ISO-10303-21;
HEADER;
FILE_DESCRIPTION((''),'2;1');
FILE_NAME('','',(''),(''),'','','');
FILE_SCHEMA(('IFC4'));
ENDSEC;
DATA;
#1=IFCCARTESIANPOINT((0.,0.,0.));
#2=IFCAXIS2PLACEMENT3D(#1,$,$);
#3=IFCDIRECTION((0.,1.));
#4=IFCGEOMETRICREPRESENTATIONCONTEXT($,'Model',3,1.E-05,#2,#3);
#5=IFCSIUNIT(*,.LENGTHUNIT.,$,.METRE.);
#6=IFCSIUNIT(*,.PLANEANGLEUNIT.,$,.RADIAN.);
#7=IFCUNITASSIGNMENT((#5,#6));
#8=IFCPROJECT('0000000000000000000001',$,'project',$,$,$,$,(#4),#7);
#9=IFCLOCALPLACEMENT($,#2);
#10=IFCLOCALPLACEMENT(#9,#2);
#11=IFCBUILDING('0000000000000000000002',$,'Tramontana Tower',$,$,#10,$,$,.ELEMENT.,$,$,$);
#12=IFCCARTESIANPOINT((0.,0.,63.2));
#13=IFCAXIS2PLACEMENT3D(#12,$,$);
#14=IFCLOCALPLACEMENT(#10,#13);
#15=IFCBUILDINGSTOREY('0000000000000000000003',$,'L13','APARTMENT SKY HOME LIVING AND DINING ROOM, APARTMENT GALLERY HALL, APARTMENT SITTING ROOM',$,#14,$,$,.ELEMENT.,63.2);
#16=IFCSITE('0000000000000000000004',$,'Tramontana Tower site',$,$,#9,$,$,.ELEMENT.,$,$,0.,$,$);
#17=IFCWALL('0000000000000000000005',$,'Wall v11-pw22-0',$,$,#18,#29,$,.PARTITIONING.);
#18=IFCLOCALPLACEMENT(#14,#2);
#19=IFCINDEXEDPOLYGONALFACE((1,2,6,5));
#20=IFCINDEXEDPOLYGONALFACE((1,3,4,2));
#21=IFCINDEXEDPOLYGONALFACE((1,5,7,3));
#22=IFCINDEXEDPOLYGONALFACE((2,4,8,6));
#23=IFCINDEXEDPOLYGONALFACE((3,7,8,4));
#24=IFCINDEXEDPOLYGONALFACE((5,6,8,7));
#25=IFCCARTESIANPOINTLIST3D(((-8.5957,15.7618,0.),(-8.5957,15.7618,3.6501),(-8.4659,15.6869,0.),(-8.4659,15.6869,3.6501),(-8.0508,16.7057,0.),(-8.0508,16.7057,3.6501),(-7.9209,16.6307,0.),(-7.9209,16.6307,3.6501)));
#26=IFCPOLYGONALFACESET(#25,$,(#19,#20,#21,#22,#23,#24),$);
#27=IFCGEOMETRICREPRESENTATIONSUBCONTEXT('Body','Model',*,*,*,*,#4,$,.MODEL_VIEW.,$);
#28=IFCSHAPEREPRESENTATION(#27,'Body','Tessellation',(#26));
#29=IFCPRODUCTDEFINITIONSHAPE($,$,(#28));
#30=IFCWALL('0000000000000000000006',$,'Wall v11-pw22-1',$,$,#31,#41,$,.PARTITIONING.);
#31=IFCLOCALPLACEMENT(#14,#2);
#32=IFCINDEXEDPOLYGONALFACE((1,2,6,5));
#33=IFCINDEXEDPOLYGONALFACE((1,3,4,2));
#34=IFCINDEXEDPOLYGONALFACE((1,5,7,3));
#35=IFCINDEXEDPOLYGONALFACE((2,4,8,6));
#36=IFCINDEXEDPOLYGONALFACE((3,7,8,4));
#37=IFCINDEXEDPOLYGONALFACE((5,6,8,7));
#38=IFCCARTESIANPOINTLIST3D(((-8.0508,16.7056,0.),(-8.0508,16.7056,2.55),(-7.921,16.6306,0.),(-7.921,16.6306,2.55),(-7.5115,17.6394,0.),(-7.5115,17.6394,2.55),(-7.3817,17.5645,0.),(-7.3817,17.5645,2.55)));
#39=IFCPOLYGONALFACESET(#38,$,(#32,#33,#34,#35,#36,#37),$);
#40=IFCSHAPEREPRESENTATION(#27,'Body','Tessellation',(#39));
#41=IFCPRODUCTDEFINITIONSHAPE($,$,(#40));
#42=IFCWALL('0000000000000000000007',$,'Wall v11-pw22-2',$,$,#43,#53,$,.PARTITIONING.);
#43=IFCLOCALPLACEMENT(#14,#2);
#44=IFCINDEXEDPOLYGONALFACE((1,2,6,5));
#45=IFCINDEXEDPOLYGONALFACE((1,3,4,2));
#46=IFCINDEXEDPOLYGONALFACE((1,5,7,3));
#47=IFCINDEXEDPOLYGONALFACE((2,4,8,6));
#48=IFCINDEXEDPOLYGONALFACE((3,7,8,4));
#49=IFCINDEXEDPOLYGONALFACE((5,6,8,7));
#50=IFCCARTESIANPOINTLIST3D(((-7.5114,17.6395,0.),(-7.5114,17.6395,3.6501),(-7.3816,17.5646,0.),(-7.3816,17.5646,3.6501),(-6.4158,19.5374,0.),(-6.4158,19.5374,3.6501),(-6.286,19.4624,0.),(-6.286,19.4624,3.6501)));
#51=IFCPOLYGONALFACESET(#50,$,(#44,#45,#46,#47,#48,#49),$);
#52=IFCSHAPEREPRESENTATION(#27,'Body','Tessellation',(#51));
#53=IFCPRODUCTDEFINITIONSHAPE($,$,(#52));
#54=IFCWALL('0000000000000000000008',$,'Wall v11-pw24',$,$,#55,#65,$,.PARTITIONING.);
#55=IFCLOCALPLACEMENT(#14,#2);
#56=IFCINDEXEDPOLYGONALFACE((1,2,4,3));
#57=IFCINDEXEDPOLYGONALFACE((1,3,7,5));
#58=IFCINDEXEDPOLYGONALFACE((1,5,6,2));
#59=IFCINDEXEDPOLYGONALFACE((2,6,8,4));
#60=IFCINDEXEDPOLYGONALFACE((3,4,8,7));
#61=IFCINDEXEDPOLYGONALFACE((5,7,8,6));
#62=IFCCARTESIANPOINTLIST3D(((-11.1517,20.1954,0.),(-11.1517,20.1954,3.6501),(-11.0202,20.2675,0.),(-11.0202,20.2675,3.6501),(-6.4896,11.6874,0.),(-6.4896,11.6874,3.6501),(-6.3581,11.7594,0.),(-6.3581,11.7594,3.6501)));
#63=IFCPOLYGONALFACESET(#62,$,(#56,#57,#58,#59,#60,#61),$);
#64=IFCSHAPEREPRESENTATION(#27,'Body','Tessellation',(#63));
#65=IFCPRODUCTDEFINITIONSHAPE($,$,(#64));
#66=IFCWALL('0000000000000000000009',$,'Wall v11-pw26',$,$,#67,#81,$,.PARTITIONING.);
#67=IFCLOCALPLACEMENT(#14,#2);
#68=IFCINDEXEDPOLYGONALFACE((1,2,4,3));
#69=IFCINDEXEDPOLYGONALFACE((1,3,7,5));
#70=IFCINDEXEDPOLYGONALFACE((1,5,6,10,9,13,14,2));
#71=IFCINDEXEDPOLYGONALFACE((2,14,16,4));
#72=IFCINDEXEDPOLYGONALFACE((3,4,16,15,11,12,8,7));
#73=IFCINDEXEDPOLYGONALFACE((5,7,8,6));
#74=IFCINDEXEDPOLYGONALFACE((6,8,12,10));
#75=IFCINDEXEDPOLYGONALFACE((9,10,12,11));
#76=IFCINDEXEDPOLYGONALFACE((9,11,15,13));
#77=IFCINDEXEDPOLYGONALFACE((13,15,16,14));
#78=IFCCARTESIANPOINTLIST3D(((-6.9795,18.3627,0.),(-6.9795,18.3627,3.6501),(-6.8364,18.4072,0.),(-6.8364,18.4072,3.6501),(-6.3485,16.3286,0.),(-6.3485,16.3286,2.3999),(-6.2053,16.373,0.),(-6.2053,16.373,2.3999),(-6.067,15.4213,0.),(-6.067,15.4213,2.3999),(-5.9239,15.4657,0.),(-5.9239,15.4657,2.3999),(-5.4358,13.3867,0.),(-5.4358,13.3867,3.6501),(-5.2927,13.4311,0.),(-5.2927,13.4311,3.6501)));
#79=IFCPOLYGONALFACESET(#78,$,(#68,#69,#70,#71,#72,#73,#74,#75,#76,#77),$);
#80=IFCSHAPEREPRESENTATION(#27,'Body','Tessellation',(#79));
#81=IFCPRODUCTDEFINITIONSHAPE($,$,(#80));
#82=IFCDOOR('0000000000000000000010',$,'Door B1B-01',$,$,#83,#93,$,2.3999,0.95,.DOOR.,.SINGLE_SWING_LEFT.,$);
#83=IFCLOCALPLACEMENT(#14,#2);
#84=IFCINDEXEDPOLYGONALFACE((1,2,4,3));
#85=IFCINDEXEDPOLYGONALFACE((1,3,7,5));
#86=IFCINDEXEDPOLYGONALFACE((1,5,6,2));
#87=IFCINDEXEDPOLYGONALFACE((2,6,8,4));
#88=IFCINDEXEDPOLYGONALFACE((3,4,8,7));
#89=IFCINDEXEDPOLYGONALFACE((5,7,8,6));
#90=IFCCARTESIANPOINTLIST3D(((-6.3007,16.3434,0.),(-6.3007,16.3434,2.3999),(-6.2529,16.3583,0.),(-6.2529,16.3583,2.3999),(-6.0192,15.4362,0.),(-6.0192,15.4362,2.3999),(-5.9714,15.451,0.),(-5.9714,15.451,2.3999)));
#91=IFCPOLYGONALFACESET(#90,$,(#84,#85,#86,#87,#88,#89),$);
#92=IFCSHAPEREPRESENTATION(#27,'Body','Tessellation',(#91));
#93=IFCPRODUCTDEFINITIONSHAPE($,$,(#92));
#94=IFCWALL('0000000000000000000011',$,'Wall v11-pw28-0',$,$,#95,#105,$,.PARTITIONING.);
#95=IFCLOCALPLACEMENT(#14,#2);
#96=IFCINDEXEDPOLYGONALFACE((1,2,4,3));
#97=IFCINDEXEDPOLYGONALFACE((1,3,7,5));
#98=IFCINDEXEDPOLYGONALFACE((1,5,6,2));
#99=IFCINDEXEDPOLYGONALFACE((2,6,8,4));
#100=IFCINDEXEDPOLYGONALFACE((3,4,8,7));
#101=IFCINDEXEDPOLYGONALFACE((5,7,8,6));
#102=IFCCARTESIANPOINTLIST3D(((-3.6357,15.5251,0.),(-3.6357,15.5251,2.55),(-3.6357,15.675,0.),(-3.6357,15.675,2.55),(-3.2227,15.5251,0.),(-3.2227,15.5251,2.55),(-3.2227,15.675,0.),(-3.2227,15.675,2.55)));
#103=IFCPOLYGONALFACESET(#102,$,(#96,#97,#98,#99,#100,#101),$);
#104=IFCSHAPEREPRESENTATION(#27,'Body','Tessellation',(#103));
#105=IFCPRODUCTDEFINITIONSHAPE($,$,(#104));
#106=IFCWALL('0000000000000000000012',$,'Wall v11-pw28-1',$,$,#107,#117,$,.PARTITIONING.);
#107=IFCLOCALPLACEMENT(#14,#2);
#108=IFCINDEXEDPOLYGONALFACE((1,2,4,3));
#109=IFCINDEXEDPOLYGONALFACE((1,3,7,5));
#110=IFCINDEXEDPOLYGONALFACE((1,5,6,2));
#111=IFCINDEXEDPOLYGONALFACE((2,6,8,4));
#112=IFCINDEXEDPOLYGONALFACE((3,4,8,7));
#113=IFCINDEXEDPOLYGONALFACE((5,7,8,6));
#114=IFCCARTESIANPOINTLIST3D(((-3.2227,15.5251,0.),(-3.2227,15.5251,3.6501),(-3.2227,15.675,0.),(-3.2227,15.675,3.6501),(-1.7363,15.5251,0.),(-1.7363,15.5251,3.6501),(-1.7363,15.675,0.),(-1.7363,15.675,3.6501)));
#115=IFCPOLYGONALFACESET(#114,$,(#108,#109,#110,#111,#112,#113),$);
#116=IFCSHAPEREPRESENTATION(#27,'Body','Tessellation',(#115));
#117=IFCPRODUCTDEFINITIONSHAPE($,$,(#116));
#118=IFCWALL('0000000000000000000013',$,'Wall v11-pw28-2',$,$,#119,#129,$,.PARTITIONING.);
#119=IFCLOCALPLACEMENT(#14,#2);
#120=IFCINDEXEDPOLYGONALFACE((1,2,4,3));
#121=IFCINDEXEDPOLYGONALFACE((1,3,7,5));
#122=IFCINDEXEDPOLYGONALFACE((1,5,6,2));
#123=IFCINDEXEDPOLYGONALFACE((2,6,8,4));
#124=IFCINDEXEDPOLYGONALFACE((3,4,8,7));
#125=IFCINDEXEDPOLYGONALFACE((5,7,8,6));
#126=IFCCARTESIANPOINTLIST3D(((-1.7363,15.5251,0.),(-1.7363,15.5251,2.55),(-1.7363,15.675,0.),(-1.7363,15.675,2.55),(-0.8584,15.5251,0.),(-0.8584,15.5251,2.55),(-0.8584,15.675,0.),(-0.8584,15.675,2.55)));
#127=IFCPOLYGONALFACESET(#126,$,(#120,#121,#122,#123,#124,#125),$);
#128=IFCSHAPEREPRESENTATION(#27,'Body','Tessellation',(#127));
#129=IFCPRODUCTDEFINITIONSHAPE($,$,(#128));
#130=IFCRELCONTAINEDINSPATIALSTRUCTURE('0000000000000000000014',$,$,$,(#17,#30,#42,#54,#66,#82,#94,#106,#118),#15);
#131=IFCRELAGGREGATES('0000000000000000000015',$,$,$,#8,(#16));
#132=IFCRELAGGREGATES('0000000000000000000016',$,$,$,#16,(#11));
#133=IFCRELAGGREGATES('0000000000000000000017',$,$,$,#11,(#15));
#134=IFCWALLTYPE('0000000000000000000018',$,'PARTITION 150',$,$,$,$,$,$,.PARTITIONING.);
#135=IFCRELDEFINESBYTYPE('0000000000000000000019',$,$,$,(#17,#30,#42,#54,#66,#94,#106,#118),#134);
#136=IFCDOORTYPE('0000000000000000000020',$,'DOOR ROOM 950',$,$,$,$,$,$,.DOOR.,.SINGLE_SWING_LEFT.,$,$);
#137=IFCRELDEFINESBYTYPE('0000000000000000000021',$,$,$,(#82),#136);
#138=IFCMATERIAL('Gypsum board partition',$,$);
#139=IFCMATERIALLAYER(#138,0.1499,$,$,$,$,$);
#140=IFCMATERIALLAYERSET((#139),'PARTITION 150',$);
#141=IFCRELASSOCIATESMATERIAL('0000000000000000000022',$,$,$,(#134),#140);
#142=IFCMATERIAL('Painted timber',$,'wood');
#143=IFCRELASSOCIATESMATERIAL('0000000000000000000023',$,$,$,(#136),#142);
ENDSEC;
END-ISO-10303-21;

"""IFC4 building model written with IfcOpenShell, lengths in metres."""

from ifc_helpers import new_model, si_unit, direction, frame, frame_2d, origin, place, context, subcontext, project, spatial, rectangle, extrude, material, layer, layer_set, type_object, element, fill, save


model = new_model("IFC4")

# Units and contexts
model_context = context("Model", 3, precision=1e-05, world=origin(), true_north=direction((0.0, 1.0)))
body_context = subcontext(model_context, "Body", "Model", "MODEL_VIEW")
ifc_project = project(units=[si_unit("LENGTHUNIT", "METRE"), si_unit("PLANEANGLEUNIT", "RADIAN")], contexts=[model_context])

# Site, building, storey
site_placement = place(None, origin())
site = spatial("IfcSite", under=ifc_project, at=site_placement, Name="Tramontana Tower site", CompositionType="ELEMENT", RefElevation=0.0)
building_placement = place(site_placement, origin())
building = spatial("IfcBuilding", under=site, at=building_placement, Name="Tramontana Tower", CompositionType="ELEMENT")
storey_placement = place(building_placement, frame((0.0, 0.0, 63.2)))
storey = spatial("IfcBuildingStorey", under=building, at=storey_placement, Name="L13", Description="APARTMENT SKY HOME LIVING AND DINING ROOM, APARTMENT GALLERY HALL, APARTMENT SITTING ROOM", CompositionType="ELEMENT", Elevation=63.2)

# Walls
ifc_material_1 = material(Name="Gypsum board partition")
ifc_layer_1 = layer(ifc_material_1, 0.1499)
ifc_layer_set_1 = layer_set([ifc_layer_1], Name="PARTITION 150")
wall_type_1 = type_object("IfcWallType", Name="PARTITION 150", PredefinedType="PARTITIONING", material=ifc_layer_set_1)
wall_1_placement = place(storey_placement, frame((-8.5308, 15.7244, 0.0), z_axis=(0.0, 0.0, 1.0), x_axis=(0.499994, 0.866029, 0.0)))
element("IfcWall", 1, at=wall_1_placement, inside=storey, type_object=wall_type_1, Name="Wall v11-pw22-0", PredefinedType="PARTITIONING", context=body_context, shape_type="SweptSolid", body=[
    extrude(rectangle(XDim=1.0898, YDim=0.1499, at=frame_2d((0.5449, 0.0))), origin(), (0.0, 0.0, 1.0), 3.6501),
])
wall_2_placement = place(storey_placement, frame((-7.9858, 16.6682, 0.0), z_axis=(0.0, 0.0, 1.0), x_axis=(0.500108, 0.865963, 0.0)))
element("IfcWall", 2, at=wall_2_placement, inside=storey, type_object=wall_type_1, Name="Wall v11-pw22-1", PredefinedType="PARTITIONING", context=body_context, shape_type="SweptSolid", body=[
    extrude(rectangle(XDim=1.0784, YDim=0.1499, at=frame_2d((0.5391, 0.0))), origin(), (0.0, 0.0, 1.0), 2.55),
])
wall_3_placement = place(storey_placement, frame((-7.4465, 17.6021, 0.0), z_axis=(0.0, 0.0, 1.0), x_axis=(0.499973, 0.866041, 0.0)))
element("IfcWall", 3, at=wall_3_placement, inside=storey, type_object=wall_type_1, Name="Wall v11-pw22-2", PredefinedType="PARTITIONING", context=body_context, shape_type="SweptSolid", body=[
    extrude(rectangle(XDim=2.1914, YDim=0.1499, at=frame_2d((1.0957, 0.0))), origin(), (0.0, 0.0, 1.0), 3.6501),
])
wall_4_placement = place(storey_placement, frame((-6.4238, 11.7234, 0.0), z_axis=(0.0, 0.0, 1.0), x_axis=(-0.480547, 0.876969, 0.0)))
element("IfcWall", 4, at=wall_4_placement, inside=storey, type_object=wall_type_1, Name="Wall v11-pw24", PredefinedType="PARTITIONING", context=body_context, shape_type="SweptSolid", body=[
    extrude(rectangle(XDim=9.7017, YDim=0.1499, at=frame_2d((4.8508, 0.0))), origin(), (0.0, 0.0, 1.0), 3.6501),
])

# Wall, opening, door
wall_5_placement = place(storey_placement, frame((-5.3643, 13.4089, 0.0), z_axis=(0.0, 0.0, 1.0), x_axis=(-0.296295, 0.955097, 0.0)))
wall_5 = element("IfcWall", 5, at=wall_5_placement, inside=storey, type_object=wall_type_1, Name="Wall v11-pw26", PredefinedType="PARTITIONING", context=body_context, shape_type="SweptSolid", body=[
    extrude(rectangle(XDim=5.21, YDim=0.1499, at=frame_2d((2.605, 0.0))), origin(), (0.0, 0.0, 1.0), 3.6501),
])
opening_1_placement = place(wall_5_placement, frame((2.1301, 0.0, 0.0)))
opening_1 = element("IfcOpeningElement", 6, at=opening_1_placement, cuts=wall_5, PredefinedType="OPENING", context=body_context, shape_type="SweptSolid", body=[
    extrude(rectangle(XDim=0.95, YDim=2.3999, at=frame_2d((0.4751, 1.2))), frame((0.0, 0.085, 0.0), z_axis=(0.0, -1.0, 0.0), x_axis=(1.0, 0.0, 0.0)), (0.0, 0.0, 1.0), 0.1699),
])
ifc_material_2 = material(Name="Painted timber", Category="wood")
door_type_1 = type_object("IfcDoorType", Name="DOOR ROOM 950", OperationType="SINGLE_SWING_LEFT", PredefinedType="DOOR", material=ifc_material_2)
door_1_placement = place(opening_1_placement, origin())
door_1 = element("IfcDoor", 7, at=door_1_placement, inside=storey, type_object=door_type_1, Name="Door B1B-01", OperationType="SINGLE_SWING_LEFT", OverallHeight=2.3999, OverallWidth=0.95, PredefinedType="DOOR", context=body_context, shape_type="SweptSolid", body=[
    extrude(rectangle(XDim=0.95, YDim=2.3999, at=frame_2d((0.4751, 1.2))), frame((0.0, 0.0249, 0.0), z_axis=(0.0, -1.0, 0.0), x_axis=(1.0, 0.0, 0.0)), (0.0, 0.0, 1.0), 0.05),
])
fill(opening_1, door_1)

# Walls
wall_6_placement = place(storey_placement, frame((-3.6357, 15.6001, 0.0), z_axis=(0.0, 0.0, 1.0), x_axis=(1.0, 0.0, 0.0)))
element("IfcWall", 8, at=wall_6_placement, inside=storey, type_object=wall_type_1, Name="Wall v11-pw28-0", PredefinedType="PARTITIONING", context=body_context, shape_type="SweptSolid", body=[
    extrude(rectangle(XDim=0.4131, YDim=0.1499, at=frame_2d((0.2065, 0.0))), origin(), (0.0, 0.0, 1.0), 2.55),
])
wall_7_placement = place(storey_placement, frame((-3.2227, 15.6001, 0.0), z_axis=(0.0, 0.0, 1.0), x_axis=(1.0, 0.0, 0.0)))
element("IfcWall", 9, at=wall_7_placement, inside=storey, type_object=wall_type_1, Name="Wall v11-pw28-1", PredefinedType="PARTITIONING", context=body_context, shape_type="SweptSolid", body=[
    extrude(rectangle(XDim=1.4863, YDim=0.1499, at=frame_2d((0.7432, 0.0))), origin(), (0.0, 0.0, 1.0), 3.6501),
])
wall_8_placement = place(storey_placement, frame((-1.7363, 15.6001, 0.0), z_axis=(0.0, 0.0, 1.0), x_axis=(1.0, 0.0, 0.0)))
element("IfcWall", 10, at=wall_8_placement, inside=storey, type_object=wall_type_1, Name="Wall v11-pw28-2", PredefinedType="PARTITIONING", context=body_context, shape_type="SweptSolid", body=[
    extrude(rectangle(XDim=0.8779, YDim=0.1499, at=frame_2d((0.439, 0.0))), origin(), (0.0, 0.0, 1.0), 2.55),
])

save(model, "model.ifc")
